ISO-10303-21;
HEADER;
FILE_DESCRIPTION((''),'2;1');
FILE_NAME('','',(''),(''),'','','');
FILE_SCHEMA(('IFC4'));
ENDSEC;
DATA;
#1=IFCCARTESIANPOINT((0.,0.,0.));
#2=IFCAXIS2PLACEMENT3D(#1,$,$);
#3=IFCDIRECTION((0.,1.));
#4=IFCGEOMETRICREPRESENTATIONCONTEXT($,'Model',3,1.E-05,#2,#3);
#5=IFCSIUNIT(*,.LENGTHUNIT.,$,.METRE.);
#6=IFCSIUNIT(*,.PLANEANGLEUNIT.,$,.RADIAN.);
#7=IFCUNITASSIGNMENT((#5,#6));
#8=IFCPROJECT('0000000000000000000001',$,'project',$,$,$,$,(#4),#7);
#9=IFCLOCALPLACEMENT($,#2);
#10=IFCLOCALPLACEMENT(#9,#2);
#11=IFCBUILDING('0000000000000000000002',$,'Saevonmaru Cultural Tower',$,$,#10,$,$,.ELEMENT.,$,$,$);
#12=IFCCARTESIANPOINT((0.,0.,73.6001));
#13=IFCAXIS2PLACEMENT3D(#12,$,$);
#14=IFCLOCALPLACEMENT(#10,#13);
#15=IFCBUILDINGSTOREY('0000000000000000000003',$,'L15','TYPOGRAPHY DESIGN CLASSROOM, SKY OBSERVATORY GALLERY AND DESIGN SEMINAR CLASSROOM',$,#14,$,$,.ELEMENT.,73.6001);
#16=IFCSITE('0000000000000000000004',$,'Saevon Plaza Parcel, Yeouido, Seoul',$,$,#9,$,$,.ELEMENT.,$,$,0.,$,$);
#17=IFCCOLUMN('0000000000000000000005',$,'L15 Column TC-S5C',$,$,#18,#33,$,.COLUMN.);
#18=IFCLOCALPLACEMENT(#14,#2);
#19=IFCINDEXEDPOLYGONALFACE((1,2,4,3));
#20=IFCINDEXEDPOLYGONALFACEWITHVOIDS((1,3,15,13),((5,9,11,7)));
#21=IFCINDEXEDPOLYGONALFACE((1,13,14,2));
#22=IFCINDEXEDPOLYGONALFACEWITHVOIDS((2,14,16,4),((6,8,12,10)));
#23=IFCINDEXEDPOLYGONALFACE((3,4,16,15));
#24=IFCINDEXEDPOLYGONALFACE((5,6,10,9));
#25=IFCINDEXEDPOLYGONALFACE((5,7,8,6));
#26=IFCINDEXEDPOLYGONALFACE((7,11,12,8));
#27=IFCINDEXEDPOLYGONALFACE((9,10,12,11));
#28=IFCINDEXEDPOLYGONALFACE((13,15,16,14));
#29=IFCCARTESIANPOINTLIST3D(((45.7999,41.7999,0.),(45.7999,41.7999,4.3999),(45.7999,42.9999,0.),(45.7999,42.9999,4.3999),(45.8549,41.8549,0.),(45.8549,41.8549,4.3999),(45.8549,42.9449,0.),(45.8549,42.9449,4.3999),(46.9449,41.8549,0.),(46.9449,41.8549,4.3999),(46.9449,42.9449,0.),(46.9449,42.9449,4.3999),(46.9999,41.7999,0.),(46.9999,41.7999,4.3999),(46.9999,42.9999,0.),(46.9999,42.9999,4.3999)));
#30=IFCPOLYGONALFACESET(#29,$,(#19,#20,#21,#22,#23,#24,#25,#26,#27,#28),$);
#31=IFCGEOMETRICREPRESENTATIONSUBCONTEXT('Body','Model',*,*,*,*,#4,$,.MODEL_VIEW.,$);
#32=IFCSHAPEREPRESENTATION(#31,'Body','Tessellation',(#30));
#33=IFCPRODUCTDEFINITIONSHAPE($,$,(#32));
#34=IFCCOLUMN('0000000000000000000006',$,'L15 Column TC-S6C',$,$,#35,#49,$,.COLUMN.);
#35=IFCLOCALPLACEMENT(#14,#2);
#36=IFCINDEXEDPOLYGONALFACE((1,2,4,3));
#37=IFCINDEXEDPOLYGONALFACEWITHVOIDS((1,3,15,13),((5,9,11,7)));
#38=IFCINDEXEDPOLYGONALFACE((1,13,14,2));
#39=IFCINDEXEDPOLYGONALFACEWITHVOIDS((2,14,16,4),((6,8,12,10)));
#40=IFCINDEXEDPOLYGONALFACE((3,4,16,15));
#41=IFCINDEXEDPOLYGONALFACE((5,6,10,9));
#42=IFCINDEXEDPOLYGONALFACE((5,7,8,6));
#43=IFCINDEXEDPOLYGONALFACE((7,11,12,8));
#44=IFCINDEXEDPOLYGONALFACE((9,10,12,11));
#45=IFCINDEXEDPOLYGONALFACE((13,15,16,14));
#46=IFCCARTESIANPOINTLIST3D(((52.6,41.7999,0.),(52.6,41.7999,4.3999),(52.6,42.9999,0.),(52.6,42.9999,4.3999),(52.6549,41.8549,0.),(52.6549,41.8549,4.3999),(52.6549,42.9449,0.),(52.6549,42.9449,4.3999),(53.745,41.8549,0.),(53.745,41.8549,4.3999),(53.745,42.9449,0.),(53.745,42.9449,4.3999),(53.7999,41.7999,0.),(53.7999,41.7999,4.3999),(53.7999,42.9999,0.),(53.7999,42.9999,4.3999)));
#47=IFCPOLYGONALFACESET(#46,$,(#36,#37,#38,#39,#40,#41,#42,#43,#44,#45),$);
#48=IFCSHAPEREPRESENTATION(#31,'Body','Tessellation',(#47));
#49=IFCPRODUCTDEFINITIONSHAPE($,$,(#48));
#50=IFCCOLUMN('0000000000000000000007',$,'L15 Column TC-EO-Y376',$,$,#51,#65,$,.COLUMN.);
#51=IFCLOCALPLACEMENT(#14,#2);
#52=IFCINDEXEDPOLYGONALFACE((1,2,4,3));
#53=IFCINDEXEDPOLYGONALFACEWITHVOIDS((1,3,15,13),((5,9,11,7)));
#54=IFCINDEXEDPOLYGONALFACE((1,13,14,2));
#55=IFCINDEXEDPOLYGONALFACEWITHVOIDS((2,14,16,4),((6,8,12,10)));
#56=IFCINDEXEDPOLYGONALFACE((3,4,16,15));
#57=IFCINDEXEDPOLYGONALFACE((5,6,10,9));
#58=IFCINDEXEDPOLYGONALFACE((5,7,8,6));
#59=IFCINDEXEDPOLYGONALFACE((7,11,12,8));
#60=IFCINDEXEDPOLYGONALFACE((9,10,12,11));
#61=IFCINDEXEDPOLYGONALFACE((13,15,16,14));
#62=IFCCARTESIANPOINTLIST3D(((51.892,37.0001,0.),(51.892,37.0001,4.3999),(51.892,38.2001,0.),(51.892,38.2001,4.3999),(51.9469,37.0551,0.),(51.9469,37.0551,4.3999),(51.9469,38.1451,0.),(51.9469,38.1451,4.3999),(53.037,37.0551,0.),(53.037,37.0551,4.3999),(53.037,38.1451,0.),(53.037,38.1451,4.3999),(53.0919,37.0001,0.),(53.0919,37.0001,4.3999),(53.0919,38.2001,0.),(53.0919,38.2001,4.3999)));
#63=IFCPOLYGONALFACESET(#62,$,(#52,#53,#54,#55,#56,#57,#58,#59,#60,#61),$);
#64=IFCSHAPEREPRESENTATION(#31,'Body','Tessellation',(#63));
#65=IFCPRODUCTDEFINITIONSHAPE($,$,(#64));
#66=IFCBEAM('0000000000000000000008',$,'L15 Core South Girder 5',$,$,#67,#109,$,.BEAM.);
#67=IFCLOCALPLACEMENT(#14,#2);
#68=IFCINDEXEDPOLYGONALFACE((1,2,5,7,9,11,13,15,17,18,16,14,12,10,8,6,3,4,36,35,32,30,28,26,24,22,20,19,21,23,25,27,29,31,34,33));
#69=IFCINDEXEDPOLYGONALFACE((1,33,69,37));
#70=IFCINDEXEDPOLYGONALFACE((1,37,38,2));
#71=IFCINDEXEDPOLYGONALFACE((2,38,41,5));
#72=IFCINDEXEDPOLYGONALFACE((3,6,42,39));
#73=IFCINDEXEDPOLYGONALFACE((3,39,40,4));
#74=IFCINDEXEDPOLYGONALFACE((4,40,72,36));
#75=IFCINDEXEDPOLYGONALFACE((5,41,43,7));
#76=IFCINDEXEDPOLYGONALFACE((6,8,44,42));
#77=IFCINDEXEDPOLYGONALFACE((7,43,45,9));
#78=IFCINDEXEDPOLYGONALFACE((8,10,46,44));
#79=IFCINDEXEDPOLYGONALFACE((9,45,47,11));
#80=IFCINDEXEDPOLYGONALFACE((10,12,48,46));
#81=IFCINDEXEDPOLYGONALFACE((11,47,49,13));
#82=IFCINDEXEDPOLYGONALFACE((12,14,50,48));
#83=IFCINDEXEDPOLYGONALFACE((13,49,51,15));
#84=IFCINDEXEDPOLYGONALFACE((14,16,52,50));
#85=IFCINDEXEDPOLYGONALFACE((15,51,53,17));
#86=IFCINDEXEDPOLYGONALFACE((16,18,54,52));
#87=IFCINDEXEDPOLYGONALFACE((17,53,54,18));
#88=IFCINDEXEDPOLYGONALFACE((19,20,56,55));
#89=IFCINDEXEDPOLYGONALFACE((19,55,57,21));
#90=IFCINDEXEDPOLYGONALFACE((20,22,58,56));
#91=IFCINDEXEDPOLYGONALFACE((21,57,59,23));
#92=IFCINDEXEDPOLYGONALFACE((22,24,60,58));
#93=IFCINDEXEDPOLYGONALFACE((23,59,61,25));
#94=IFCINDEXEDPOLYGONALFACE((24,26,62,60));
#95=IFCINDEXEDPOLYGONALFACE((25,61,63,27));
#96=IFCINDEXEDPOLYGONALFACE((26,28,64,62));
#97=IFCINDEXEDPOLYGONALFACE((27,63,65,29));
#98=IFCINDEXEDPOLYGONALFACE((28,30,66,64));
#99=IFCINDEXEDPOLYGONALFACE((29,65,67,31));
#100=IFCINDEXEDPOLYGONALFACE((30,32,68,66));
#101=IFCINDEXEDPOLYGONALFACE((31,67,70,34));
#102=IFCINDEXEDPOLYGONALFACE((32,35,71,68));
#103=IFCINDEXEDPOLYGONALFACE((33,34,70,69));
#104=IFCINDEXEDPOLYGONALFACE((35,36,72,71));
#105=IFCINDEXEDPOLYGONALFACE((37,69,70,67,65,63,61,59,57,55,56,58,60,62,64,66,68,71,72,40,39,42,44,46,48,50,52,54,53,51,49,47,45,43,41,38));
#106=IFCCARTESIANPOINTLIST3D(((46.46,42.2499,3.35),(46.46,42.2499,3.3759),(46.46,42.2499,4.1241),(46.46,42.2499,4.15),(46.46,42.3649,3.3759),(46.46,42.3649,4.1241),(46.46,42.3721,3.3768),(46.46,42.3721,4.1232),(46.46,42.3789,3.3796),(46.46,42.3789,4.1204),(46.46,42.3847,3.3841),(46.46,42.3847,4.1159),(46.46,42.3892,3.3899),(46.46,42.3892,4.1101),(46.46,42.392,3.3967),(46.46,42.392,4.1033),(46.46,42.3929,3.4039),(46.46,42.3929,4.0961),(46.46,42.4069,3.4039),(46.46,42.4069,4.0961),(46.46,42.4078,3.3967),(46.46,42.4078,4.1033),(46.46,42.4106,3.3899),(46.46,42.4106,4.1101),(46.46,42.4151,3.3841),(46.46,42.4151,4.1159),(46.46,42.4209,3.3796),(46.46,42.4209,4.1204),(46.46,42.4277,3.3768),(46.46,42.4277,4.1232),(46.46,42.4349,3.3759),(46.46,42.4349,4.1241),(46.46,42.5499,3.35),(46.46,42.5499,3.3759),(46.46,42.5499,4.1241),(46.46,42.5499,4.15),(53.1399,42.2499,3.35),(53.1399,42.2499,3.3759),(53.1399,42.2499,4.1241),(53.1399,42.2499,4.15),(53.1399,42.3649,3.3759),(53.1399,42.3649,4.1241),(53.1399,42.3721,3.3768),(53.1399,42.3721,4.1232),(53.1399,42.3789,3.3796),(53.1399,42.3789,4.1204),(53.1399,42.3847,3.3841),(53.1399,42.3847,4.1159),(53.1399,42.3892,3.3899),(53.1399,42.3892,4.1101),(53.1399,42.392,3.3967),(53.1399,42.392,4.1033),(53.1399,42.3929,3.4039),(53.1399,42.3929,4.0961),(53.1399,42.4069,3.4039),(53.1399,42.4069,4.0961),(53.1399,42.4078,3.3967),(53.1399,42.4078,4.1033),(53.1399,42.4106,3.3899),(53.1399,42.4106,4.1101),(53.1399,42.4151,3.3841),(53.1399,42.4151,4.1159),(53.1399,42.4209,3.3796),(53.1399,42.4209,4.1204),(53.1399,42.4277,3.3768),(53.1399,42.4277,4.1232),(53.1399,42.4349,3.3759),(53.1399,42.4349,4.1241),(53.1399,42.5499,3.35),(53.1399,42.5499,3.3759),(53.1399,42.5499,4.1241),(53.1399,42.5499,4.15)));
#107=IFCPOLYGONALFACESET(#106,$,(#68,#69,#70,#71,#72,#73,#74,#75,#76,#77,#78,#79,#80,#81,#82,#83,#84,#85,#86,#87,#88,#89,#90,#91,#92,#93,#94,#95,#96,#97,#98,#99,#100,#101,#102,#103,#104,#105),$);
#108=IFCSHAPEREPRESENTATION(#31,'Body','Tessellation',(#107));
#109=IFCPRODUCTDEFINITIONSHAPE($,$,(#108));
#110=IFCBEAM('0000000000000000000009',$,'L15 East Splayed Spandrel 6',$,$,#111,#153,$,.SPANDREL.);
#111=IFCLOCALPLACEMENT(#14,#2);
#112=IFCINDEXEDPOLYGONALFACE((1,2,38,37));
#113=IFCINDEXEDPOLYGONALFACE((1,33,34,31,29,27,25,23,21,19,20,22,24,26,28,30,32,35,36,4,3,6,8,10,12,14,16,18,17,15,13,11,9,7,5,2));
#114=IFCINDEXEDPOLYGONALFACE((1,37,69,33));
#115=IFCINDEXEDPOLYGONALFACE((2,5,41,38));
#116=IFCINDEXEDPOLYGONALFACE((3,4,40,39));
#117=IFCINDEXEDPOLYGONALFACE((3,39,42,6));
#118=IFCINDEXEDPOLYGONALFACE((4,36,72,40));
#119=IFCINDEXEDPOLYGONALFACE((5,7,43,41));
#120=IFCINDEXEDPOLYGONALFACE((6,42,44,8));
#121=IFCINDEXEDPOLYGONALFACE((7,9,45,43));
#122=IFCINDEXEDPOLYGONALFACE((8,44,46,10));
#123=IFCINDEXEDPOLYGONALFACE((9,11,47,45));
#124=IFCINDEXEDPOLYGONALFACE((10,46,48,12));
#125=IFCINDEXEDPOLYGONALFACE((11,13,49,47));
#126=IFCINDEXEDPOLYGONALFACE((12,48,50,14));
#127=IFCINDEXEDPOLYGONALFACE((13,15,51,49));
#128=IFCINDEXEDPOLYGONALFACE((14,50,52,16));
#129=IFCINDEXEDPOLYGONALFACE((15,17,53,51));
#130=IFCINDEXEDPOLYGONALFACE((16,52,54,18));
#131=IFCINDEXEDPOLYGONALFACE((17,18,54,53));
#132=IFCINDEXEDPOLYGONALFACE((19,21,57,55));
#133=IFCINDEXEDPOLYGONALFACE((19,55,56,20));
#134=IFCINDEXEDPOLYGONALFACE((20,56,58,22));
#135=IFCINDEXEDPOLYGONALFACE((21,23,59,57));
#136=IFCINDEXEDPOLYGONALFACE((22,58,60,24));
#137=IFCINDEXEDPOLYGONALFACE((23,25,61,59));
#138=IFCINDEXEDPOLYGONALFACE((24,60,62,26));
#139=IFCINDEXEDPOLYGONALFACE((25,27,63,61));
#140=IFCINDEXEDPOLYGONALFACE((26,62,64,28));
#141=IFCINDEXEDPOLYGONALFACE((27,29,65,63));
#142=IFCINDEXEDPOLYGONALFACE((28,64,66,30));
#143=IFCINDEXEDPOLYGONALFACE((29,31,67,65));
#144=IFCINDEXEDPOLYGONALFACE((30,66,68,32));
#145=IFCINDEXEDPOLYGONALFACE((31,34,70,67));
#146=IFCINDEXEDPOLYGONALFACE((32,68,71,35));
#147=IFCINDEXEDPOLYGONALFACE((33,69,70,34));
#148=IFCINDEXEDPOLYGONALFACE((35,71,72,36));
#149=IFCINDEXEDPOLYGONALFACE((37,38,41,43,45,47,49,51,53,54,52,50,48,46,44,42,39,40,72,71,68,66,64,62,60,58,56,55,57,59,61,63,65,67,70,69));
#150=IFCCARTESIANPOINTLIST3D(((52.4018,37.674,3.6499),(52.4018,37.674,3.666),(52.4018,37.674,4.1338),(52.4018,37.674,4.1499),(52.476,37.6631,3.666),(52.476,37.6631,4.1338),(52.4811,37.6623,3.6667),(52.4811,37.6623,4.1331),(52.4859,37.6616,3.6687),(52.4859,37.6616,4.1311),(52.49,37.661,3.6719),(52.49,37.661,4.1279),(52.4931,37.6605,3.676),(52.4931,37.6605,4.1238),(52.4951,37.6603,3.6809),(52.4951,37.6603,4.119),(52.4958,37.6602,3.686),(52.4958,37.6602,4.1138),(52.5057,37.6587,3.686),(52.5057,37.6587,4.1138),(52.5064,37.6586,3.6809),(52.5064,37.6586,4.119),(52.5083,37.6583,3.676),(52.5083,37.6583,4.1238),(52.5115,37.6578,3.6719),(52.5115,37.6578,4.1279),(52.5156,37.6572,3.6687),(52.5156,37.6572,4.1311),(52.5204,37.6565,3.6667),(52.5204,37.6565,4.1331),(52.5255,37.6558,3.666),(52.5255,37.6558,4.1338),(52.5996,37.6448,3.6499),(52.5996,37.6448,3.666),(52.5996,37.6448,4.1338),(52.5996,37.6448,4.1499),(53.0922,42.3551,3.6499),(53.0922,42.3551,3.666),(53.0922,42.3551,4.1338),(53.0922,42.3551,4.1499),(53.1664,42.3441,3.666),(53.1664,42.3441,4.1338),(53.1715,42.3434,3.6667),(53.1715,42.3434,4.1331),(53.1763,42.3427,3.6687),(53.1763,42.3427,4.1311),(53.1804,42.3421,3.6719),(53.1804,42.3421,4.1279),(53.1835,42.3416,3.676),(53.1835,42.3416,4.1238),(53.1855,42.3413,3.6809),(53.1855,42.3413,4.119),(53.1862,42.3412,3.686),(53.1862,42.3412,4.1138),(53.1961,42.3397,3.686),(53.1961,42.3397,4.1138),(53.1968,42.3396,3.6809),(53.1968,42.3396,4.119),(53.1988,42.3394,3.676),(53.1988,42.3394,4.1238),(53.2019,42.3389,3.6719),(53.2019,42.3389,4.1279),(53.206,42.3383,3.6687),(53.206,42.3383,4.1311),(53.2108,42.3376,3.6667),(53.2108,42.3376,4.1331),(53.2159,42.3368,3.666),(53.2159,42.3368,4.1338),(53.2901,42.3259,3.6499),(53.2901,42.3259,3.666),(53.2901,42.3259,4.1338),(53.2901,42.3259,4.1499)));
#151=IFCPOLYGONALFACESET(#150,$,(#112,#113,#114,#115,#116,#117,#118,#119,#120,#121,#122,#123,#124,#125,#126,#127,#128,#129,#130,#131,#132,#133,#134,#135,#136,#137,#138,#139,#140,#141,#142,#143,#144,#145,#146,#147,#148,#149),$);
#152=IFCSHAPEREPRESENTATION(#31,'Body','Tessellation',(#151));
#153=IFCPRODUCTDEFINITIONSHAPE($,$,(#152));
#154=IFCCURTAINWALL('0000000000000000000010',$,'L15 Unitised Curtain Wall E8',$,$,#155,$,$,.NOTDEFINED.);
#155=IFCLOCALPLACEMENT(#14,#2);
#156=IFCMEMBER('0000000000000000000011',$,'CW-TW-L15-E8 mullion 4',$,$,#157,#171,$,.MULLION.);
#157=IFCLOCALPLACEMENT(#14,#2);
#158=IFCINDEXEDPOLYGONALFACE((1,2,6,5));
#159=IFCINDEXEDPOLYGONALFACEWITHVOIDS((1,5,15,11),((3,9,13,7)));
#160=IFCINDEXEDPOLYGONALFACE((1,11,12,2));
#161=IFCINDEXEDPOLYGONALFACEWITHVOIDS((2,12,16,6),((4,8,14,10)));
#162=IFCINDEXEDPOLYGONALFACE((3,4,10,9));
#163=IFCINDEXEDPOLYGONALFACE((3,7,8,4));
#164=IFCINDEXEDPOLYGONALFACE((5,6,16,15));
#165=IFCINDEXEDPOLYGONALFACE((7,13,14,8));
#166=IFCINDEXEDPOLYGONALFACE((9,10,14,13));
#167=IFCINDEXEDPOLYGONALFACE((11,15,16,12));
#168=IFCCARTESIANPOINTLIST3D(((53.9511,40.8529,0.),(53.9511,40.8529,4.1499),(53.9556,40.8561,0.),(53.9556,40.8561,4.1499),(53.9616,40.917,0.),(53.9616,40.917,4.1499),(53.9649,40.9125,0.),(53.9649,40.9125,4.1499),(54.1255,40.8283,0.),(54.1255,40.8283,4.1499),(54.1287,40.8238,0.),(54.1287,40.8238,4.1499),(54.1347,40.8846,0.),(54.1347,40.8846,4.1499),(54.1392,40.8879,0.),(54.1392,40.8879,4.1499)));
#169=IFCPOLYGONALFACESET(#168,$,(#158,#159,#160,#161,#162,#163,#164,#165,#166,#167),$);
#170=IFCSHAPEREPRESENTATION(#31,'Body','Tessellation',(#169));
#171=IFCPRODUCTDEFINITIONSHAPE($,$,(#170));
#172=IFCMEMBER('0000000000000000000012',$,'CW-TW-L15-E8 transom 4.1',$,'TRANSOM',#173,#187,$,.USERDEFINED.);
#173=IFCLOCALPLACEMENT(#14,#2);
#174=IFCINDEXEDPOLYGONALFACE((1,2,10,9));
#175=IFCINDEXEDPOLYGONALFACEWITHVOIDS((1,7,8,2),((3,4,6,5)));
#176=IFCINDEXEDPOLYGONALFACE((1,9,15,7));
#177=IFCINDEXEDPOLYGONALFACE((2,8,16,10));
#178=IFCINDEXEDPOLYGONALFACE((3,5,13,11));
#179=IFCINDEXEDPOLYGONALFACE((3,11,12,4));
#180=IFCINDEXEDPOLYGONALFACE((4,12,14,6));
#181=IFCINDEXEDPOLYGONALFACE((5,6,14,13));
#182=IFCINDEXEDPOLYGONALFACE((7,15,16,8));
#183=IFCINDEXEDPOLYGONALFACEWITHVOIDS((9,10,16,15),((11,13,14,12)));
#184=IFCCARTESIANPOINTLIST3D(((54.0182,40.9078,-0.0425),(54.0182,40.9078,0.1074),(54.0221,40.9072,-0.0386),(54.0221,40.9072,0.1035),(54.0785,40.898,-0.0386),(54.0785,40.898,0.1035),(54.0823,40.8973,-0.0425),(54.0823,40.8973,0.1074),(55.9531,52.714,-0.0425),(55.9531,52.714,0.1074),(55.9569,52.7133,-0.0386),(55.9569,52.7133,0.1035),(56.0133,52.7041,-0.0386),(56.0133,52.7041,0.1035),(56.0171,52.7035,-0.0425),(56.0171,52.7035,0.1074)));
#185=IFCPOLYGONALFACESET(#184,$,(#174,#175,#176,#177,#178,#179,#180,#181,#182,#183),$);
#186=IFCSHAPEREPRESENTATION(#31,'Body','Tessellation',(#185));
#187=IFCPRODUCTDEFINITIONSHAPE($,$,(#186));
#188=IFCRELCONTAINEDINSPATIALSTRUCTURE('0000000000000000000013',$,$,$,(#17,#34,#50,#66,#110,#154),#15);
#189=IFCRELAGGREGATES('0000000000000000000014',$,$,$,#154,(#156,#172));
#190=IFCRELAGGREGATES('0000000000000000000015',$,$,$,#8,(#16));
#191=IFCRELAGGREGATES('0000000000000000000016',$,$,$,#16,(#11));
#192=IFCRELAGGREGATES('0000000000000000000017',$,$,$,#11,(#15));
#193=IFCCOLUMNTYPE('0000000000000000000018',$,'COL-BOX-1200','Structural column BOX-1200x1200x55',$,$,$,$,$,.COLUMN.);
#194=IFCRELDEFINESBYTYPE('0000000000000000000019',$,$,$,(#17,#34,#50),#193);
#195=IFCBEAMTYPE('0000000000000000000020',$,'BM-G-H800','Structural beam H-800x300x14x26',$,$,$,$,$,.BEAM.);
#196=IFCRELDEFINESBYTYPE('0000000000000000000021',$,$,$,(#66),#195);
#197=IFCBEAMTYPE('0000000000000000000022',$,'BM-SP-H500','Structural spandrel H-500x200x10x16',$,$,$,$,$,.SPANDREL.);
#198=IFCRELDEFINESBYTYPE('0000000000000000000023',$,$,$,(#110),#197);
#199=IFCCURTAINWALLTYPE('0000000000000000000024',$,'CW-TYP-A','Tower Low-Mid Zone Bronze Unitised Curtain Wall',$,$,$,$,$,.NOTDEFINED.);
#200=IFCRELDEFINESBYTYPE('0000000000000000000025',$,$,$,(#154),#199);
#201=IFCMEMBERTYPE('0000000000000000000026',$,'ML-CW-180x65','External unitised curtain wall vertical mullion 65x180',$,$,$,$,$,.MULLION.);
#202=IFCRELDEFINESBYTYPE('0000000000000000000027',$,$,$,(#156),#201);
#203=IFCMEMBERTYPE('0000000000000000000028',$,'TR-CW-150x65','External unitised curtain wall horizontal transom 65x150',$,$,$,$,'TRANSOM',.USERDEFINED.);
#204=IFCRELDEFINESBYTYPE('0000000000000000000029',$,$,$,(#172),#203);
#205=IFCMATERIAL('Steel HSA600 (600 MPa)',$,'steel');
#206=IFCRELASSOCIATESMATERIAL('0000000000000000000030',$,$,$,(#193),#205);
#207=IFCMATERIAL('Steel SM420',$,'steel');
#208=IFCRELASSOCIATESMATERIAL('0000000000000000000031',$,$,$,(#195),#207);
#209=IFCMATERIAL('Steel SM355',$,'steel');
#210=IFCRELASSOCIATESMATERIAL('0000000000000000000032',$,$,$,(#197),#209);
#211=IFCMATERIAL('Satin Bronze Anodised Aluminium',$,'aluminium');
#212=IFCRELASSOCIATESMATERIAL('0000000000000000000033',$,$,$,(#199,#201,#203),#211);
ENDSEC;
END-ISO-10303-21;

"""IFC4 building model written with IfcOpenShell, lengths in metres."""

from ifc_helpers import new_model, si_unit, direction, frame, origin, origin_2d, place, context, subcontext, project, spatial, hollow_rectangle, i_section, extrude, material, material_profile, profile_set, type_object, element, aggregate, save


model = new_model("IFC4")

# Units and contexts
model_context = context("Model", 3, precision=1e-05, world=origin(), true_north=direction((0.0, 1.0)))
body_context = subcontext(model_context, "Body", "Model", "MODEL_VIEW")
ifc_project = project(units=[si_unit("LENGTHUNIT", "METRE"), si_unit("PLANEANGLEUNIT", "RADIAN")], contexts=[model_context])

# Site, building, storey
site_placement = place(None, origin())
site = spatial("IfcSite", under=ifc_project, at=site_placement, Name="Saevon Plaza Parcel, Yeouido, Seoul", CompositionType="ELEMENT", RefElevation=0.0)
building_placement = place(site_placement, origin())
building = spatial("IfcBuilding", under=site, at=building_placement, Name="Saevonmaru Cultural Tower", CompositionType="ELEMENT")
storey_placement = place(building_placement, frame((0.0, 0.0, 73.6001)))
storey = spatial("IfcBuildingStorey", under=building, at=storey_placement, Name="L15", Description="TYPOGRAPHY DESIGN CLASSROOM, SKY OBSERVATORY GALLERY AND DESIGN SEMINAR CLASSROOM", CompositionType="ELEMENT", Elevation=73.6001)

# Columns
ifc_material_1 = material(Name="Steel HSA600 (600 MPa)", Category="steel")
ifc_material_profile_1 = material_profile(ifc_material_1, hollow_rectangle(XDim=1.2, YDim=1.2, WallThickness=0.0549, at=origin_2d()), Name="BOX-1200x1200x55")
ifc_profile_set_1 = profile_set([ifc_material_profile_1], Name="Steel HSA600 (600 MPa)")
column_type = type_object("IfcColumnType", Name="COL-BOX-1200", Description="Structural column BOX-1200x1200x55", PredefinedType="COLUMN", material=ifc_profile_set_1)
for number, where, z_axis, x_axis, name in (
    (1, (46.3999, 42.3999, 0.0), (0.0, 0.0, 1.0), (1.0, 0.0, 0.0), "L15 Column TC-S5C"),
    (2, (53.2, 42.3999, 0.0), (0.0, 0.0, 1.0), (1.0, 0.0, 0.0), "L15 Column TC-S6C"),
    (3, (52.4919, 37.6001, 0.0), (0.0, 0.0, 1.0), (1.0, 0.0, 0.0), "L15 Column TC-EO-Y376"),
):
    element("IfcColumn", number, at=place(storey_placement, frame(where, z_axis=z_axis, x_axis=x_axis)), inside=storey, type_object=column_type, Name=name, PredefinedType="COLUMN", context=body_context, shape_type="SweptSolid", body=[
        extrude(hollow_rectangle(XDim=1.2, YDim=1.2, WallThickness=0.0549, at=origin_2d()), origin(), (0.0, 0.0, 1.0), 4.3999),
    ])

# Beams
ifc_material_2 = material(Name="Steel SM420", Category="steel")
ifc_material_profile_2 = material_profile(ifc_material_2, i_section(OverallWidth=0.3, OverallDepth=0.8, WebThickness=0.0139, FlangeThickness=0.0259, FilletRadius=0.0281, at=origin_2d()), Name="H-800x300x14x26")
ifc_profile_set_2 = profile_set([ifc_material_profile_2], Name="Steel SM420")
beam_type_1 = type_object("IfcBeamType", Name="BM-G-H800", Description="Structural beam H-800x300x14x26", PredefinedType="BEAM", material=ifc_profile_set_2)
beam_1_placement = place(storey_placement, frame((46.46, 42.3999, 3.75), z_axis=(1.0, 0.0, 0.0), x_axis=(0.0, 1.0, 0.0)))
element("IfcBeam", 4, at=beam_1_placement, inside=storey, type_object=beam_type_1, Name="L15 Core South Girder 5", PredefinedType="BEAM", context=body_context, shape_type="SweptSolid", body=[
    extrude(i_section(OverallWidth=0.3, OverallDepth=0.8, WebThickness=0.0139, FlangeThickness=0.0259, FilletRadius=0.0281, at=origin_2d()), origin(), (0.0, 0.0, 1.0), 6.6799),
])
ifc_material_3 = material(Name="Steel SM355", Category="steel")
ifc_material_profile_3 = material_profile(ifc_material_3, i_section(OverallWidth=0.2, OverallDepth=0.5, WebThickness=0.01, FlangeThickness=0.0161, FilletRadius=0.02, at=origin_2d()), Name="H-500x200x10x16")
ifc_profile_set_3 = profile_set([ifc_material_profile_3], Name="Steel SM355")
beam_type_2 = type_object("IfcBeamType", Name="BM-SP-H500", Description="Structural spandrel H-500x200x10x16", PredefinedType="SPANDREL", material=ifc_profile_set_3)
beam_2_placement = place(storey_placement, frame((52.5007, 37.6594, 3.8999), z_axis=(0.145913, 0.989297, 0.0), x_axis=(-0.989297, 0.145913, 0.0)))
element("IfcBeam", 5, at=beam_2_placement, inside=storey, type_object=beam_type_2, Name="L15 East Splayed Spandrel 6", PredefinedType="SPANDREL", context=body_context, shape_type="SweptSolid", body=[
    extrude(i_section(OverallWidth=0.2, OverallDepth=0.5, WebThickness=0.01, FlangeThickness=0.0161, FilletRadius=0.02, at=origin_2d()), origin(), (0.0, 0.0, 1.0), 4.7317),
])

# Curtain wall, members
ifc_material_4 = material(Name="Satin Bronze Anodised Aluminium", Category="aluminium")
curtain_wall_type = type_object("IfcCurtainWallType", Name="CW-TYP-A", Description="Tower Low-Mid Zone Bronze Unitised Curtain Wall", PredefinedType="NOTDEFINED", material=ifc_material_4)
curtain_wall_placement = place(storey_placement, origin())
curtain_wall = element("IfcCurtainWall", 6, at=curtain_wall_placement, inside=storey, type_object=curtain_wall_type, Name="L15 Unitised Curtain Wall E8", PredefinedType="NOTDEFINED")
ifc_material_profile_4 = material_profile(ifc_material_4, hollow_rectangle(XDim=0.0649, YDim=0.1799, WallThickness=0.0039, at=origin_2d()), Name="ALU-MULL-180x65x4")
ifc_profile_set_4 = profile_set([ifc_material_profile_4], Name="Satin Bronze Anodised Aluminium")
member_type_1 = type_object("IfcMemberType", Name="ML-CW-180x65", Description="External unitised curtain wall vertical mullion 65x180", PredefinedType="MULLION", material=ifc_profile_set_4)
member_1_placement = place(storey_placement, frame((54.0452, 40.8704, 0.0), z_axis=(0.0, 0.0, 1.0), x_axis=(0.161709, 0.986839, 0.0)))
member_1 = element("IfcMember", 7, at=member_1_placement, type_object=member_type_1, Name="CW-TW-L15-E8 mullion 4", PredefinedType="MULLION", context=body_context, shape_type="SweptSolid", body=[
    extrude(hollow_rectangle(XDim=0.0649, YDim=0.1799, WallThickness=0.0039, at=origin_2d()), origin(), (0.0, 0.0, 1.0), 4.1499),
])
ifc_material_profile_5 = material_profile(ifc_material_4, hollow_rectangle(XDim=0.0649, YDim=0.1499, WallThickness=0.0039, at=origin_2d()), Name="ALU-TRAN-150x65x4")
ifc_profile_set_5 = profile_set([ifc_material_profile_5], Name="Satin Bronze Anodised Aluminium")
member_type_2 = type_object("IfcMemberType", Name="TR-CW-150x65", Description="External unitised curtain wall horizontal transom 65x150", ElementType="TRANSOM", PredefinedType="USERDEFINED", material=ifc_profile_set_5)
member_2_placement = place(storey_placement, frame((54.0503, 40.9026, 0.0325), z_axis=(0.161725, 0.986836, 0.0), x_axis=(-0.986836, 0.161725, 0.0)))
member_2 = element("IfcMember", 8, at=member_2_placement, type_object=member_type_2, Name="CW-TW-L15-E8 transom 4.1", ObjectType="TRANSOM", PredefinedType="USERDEFINED", context=body_context, shape_type="SweptSolid", body=[
    extrude(hollow_rectangle(XDim=0.0649, YDim=0.1499, WallThickness=0.0039, at=origin_2d()), origin(), (0.0, 0.0, 1.0), 11.9636),
])
aggregate(curtain_wall, [member_1, member_2])

save(model, "model.ifc")
